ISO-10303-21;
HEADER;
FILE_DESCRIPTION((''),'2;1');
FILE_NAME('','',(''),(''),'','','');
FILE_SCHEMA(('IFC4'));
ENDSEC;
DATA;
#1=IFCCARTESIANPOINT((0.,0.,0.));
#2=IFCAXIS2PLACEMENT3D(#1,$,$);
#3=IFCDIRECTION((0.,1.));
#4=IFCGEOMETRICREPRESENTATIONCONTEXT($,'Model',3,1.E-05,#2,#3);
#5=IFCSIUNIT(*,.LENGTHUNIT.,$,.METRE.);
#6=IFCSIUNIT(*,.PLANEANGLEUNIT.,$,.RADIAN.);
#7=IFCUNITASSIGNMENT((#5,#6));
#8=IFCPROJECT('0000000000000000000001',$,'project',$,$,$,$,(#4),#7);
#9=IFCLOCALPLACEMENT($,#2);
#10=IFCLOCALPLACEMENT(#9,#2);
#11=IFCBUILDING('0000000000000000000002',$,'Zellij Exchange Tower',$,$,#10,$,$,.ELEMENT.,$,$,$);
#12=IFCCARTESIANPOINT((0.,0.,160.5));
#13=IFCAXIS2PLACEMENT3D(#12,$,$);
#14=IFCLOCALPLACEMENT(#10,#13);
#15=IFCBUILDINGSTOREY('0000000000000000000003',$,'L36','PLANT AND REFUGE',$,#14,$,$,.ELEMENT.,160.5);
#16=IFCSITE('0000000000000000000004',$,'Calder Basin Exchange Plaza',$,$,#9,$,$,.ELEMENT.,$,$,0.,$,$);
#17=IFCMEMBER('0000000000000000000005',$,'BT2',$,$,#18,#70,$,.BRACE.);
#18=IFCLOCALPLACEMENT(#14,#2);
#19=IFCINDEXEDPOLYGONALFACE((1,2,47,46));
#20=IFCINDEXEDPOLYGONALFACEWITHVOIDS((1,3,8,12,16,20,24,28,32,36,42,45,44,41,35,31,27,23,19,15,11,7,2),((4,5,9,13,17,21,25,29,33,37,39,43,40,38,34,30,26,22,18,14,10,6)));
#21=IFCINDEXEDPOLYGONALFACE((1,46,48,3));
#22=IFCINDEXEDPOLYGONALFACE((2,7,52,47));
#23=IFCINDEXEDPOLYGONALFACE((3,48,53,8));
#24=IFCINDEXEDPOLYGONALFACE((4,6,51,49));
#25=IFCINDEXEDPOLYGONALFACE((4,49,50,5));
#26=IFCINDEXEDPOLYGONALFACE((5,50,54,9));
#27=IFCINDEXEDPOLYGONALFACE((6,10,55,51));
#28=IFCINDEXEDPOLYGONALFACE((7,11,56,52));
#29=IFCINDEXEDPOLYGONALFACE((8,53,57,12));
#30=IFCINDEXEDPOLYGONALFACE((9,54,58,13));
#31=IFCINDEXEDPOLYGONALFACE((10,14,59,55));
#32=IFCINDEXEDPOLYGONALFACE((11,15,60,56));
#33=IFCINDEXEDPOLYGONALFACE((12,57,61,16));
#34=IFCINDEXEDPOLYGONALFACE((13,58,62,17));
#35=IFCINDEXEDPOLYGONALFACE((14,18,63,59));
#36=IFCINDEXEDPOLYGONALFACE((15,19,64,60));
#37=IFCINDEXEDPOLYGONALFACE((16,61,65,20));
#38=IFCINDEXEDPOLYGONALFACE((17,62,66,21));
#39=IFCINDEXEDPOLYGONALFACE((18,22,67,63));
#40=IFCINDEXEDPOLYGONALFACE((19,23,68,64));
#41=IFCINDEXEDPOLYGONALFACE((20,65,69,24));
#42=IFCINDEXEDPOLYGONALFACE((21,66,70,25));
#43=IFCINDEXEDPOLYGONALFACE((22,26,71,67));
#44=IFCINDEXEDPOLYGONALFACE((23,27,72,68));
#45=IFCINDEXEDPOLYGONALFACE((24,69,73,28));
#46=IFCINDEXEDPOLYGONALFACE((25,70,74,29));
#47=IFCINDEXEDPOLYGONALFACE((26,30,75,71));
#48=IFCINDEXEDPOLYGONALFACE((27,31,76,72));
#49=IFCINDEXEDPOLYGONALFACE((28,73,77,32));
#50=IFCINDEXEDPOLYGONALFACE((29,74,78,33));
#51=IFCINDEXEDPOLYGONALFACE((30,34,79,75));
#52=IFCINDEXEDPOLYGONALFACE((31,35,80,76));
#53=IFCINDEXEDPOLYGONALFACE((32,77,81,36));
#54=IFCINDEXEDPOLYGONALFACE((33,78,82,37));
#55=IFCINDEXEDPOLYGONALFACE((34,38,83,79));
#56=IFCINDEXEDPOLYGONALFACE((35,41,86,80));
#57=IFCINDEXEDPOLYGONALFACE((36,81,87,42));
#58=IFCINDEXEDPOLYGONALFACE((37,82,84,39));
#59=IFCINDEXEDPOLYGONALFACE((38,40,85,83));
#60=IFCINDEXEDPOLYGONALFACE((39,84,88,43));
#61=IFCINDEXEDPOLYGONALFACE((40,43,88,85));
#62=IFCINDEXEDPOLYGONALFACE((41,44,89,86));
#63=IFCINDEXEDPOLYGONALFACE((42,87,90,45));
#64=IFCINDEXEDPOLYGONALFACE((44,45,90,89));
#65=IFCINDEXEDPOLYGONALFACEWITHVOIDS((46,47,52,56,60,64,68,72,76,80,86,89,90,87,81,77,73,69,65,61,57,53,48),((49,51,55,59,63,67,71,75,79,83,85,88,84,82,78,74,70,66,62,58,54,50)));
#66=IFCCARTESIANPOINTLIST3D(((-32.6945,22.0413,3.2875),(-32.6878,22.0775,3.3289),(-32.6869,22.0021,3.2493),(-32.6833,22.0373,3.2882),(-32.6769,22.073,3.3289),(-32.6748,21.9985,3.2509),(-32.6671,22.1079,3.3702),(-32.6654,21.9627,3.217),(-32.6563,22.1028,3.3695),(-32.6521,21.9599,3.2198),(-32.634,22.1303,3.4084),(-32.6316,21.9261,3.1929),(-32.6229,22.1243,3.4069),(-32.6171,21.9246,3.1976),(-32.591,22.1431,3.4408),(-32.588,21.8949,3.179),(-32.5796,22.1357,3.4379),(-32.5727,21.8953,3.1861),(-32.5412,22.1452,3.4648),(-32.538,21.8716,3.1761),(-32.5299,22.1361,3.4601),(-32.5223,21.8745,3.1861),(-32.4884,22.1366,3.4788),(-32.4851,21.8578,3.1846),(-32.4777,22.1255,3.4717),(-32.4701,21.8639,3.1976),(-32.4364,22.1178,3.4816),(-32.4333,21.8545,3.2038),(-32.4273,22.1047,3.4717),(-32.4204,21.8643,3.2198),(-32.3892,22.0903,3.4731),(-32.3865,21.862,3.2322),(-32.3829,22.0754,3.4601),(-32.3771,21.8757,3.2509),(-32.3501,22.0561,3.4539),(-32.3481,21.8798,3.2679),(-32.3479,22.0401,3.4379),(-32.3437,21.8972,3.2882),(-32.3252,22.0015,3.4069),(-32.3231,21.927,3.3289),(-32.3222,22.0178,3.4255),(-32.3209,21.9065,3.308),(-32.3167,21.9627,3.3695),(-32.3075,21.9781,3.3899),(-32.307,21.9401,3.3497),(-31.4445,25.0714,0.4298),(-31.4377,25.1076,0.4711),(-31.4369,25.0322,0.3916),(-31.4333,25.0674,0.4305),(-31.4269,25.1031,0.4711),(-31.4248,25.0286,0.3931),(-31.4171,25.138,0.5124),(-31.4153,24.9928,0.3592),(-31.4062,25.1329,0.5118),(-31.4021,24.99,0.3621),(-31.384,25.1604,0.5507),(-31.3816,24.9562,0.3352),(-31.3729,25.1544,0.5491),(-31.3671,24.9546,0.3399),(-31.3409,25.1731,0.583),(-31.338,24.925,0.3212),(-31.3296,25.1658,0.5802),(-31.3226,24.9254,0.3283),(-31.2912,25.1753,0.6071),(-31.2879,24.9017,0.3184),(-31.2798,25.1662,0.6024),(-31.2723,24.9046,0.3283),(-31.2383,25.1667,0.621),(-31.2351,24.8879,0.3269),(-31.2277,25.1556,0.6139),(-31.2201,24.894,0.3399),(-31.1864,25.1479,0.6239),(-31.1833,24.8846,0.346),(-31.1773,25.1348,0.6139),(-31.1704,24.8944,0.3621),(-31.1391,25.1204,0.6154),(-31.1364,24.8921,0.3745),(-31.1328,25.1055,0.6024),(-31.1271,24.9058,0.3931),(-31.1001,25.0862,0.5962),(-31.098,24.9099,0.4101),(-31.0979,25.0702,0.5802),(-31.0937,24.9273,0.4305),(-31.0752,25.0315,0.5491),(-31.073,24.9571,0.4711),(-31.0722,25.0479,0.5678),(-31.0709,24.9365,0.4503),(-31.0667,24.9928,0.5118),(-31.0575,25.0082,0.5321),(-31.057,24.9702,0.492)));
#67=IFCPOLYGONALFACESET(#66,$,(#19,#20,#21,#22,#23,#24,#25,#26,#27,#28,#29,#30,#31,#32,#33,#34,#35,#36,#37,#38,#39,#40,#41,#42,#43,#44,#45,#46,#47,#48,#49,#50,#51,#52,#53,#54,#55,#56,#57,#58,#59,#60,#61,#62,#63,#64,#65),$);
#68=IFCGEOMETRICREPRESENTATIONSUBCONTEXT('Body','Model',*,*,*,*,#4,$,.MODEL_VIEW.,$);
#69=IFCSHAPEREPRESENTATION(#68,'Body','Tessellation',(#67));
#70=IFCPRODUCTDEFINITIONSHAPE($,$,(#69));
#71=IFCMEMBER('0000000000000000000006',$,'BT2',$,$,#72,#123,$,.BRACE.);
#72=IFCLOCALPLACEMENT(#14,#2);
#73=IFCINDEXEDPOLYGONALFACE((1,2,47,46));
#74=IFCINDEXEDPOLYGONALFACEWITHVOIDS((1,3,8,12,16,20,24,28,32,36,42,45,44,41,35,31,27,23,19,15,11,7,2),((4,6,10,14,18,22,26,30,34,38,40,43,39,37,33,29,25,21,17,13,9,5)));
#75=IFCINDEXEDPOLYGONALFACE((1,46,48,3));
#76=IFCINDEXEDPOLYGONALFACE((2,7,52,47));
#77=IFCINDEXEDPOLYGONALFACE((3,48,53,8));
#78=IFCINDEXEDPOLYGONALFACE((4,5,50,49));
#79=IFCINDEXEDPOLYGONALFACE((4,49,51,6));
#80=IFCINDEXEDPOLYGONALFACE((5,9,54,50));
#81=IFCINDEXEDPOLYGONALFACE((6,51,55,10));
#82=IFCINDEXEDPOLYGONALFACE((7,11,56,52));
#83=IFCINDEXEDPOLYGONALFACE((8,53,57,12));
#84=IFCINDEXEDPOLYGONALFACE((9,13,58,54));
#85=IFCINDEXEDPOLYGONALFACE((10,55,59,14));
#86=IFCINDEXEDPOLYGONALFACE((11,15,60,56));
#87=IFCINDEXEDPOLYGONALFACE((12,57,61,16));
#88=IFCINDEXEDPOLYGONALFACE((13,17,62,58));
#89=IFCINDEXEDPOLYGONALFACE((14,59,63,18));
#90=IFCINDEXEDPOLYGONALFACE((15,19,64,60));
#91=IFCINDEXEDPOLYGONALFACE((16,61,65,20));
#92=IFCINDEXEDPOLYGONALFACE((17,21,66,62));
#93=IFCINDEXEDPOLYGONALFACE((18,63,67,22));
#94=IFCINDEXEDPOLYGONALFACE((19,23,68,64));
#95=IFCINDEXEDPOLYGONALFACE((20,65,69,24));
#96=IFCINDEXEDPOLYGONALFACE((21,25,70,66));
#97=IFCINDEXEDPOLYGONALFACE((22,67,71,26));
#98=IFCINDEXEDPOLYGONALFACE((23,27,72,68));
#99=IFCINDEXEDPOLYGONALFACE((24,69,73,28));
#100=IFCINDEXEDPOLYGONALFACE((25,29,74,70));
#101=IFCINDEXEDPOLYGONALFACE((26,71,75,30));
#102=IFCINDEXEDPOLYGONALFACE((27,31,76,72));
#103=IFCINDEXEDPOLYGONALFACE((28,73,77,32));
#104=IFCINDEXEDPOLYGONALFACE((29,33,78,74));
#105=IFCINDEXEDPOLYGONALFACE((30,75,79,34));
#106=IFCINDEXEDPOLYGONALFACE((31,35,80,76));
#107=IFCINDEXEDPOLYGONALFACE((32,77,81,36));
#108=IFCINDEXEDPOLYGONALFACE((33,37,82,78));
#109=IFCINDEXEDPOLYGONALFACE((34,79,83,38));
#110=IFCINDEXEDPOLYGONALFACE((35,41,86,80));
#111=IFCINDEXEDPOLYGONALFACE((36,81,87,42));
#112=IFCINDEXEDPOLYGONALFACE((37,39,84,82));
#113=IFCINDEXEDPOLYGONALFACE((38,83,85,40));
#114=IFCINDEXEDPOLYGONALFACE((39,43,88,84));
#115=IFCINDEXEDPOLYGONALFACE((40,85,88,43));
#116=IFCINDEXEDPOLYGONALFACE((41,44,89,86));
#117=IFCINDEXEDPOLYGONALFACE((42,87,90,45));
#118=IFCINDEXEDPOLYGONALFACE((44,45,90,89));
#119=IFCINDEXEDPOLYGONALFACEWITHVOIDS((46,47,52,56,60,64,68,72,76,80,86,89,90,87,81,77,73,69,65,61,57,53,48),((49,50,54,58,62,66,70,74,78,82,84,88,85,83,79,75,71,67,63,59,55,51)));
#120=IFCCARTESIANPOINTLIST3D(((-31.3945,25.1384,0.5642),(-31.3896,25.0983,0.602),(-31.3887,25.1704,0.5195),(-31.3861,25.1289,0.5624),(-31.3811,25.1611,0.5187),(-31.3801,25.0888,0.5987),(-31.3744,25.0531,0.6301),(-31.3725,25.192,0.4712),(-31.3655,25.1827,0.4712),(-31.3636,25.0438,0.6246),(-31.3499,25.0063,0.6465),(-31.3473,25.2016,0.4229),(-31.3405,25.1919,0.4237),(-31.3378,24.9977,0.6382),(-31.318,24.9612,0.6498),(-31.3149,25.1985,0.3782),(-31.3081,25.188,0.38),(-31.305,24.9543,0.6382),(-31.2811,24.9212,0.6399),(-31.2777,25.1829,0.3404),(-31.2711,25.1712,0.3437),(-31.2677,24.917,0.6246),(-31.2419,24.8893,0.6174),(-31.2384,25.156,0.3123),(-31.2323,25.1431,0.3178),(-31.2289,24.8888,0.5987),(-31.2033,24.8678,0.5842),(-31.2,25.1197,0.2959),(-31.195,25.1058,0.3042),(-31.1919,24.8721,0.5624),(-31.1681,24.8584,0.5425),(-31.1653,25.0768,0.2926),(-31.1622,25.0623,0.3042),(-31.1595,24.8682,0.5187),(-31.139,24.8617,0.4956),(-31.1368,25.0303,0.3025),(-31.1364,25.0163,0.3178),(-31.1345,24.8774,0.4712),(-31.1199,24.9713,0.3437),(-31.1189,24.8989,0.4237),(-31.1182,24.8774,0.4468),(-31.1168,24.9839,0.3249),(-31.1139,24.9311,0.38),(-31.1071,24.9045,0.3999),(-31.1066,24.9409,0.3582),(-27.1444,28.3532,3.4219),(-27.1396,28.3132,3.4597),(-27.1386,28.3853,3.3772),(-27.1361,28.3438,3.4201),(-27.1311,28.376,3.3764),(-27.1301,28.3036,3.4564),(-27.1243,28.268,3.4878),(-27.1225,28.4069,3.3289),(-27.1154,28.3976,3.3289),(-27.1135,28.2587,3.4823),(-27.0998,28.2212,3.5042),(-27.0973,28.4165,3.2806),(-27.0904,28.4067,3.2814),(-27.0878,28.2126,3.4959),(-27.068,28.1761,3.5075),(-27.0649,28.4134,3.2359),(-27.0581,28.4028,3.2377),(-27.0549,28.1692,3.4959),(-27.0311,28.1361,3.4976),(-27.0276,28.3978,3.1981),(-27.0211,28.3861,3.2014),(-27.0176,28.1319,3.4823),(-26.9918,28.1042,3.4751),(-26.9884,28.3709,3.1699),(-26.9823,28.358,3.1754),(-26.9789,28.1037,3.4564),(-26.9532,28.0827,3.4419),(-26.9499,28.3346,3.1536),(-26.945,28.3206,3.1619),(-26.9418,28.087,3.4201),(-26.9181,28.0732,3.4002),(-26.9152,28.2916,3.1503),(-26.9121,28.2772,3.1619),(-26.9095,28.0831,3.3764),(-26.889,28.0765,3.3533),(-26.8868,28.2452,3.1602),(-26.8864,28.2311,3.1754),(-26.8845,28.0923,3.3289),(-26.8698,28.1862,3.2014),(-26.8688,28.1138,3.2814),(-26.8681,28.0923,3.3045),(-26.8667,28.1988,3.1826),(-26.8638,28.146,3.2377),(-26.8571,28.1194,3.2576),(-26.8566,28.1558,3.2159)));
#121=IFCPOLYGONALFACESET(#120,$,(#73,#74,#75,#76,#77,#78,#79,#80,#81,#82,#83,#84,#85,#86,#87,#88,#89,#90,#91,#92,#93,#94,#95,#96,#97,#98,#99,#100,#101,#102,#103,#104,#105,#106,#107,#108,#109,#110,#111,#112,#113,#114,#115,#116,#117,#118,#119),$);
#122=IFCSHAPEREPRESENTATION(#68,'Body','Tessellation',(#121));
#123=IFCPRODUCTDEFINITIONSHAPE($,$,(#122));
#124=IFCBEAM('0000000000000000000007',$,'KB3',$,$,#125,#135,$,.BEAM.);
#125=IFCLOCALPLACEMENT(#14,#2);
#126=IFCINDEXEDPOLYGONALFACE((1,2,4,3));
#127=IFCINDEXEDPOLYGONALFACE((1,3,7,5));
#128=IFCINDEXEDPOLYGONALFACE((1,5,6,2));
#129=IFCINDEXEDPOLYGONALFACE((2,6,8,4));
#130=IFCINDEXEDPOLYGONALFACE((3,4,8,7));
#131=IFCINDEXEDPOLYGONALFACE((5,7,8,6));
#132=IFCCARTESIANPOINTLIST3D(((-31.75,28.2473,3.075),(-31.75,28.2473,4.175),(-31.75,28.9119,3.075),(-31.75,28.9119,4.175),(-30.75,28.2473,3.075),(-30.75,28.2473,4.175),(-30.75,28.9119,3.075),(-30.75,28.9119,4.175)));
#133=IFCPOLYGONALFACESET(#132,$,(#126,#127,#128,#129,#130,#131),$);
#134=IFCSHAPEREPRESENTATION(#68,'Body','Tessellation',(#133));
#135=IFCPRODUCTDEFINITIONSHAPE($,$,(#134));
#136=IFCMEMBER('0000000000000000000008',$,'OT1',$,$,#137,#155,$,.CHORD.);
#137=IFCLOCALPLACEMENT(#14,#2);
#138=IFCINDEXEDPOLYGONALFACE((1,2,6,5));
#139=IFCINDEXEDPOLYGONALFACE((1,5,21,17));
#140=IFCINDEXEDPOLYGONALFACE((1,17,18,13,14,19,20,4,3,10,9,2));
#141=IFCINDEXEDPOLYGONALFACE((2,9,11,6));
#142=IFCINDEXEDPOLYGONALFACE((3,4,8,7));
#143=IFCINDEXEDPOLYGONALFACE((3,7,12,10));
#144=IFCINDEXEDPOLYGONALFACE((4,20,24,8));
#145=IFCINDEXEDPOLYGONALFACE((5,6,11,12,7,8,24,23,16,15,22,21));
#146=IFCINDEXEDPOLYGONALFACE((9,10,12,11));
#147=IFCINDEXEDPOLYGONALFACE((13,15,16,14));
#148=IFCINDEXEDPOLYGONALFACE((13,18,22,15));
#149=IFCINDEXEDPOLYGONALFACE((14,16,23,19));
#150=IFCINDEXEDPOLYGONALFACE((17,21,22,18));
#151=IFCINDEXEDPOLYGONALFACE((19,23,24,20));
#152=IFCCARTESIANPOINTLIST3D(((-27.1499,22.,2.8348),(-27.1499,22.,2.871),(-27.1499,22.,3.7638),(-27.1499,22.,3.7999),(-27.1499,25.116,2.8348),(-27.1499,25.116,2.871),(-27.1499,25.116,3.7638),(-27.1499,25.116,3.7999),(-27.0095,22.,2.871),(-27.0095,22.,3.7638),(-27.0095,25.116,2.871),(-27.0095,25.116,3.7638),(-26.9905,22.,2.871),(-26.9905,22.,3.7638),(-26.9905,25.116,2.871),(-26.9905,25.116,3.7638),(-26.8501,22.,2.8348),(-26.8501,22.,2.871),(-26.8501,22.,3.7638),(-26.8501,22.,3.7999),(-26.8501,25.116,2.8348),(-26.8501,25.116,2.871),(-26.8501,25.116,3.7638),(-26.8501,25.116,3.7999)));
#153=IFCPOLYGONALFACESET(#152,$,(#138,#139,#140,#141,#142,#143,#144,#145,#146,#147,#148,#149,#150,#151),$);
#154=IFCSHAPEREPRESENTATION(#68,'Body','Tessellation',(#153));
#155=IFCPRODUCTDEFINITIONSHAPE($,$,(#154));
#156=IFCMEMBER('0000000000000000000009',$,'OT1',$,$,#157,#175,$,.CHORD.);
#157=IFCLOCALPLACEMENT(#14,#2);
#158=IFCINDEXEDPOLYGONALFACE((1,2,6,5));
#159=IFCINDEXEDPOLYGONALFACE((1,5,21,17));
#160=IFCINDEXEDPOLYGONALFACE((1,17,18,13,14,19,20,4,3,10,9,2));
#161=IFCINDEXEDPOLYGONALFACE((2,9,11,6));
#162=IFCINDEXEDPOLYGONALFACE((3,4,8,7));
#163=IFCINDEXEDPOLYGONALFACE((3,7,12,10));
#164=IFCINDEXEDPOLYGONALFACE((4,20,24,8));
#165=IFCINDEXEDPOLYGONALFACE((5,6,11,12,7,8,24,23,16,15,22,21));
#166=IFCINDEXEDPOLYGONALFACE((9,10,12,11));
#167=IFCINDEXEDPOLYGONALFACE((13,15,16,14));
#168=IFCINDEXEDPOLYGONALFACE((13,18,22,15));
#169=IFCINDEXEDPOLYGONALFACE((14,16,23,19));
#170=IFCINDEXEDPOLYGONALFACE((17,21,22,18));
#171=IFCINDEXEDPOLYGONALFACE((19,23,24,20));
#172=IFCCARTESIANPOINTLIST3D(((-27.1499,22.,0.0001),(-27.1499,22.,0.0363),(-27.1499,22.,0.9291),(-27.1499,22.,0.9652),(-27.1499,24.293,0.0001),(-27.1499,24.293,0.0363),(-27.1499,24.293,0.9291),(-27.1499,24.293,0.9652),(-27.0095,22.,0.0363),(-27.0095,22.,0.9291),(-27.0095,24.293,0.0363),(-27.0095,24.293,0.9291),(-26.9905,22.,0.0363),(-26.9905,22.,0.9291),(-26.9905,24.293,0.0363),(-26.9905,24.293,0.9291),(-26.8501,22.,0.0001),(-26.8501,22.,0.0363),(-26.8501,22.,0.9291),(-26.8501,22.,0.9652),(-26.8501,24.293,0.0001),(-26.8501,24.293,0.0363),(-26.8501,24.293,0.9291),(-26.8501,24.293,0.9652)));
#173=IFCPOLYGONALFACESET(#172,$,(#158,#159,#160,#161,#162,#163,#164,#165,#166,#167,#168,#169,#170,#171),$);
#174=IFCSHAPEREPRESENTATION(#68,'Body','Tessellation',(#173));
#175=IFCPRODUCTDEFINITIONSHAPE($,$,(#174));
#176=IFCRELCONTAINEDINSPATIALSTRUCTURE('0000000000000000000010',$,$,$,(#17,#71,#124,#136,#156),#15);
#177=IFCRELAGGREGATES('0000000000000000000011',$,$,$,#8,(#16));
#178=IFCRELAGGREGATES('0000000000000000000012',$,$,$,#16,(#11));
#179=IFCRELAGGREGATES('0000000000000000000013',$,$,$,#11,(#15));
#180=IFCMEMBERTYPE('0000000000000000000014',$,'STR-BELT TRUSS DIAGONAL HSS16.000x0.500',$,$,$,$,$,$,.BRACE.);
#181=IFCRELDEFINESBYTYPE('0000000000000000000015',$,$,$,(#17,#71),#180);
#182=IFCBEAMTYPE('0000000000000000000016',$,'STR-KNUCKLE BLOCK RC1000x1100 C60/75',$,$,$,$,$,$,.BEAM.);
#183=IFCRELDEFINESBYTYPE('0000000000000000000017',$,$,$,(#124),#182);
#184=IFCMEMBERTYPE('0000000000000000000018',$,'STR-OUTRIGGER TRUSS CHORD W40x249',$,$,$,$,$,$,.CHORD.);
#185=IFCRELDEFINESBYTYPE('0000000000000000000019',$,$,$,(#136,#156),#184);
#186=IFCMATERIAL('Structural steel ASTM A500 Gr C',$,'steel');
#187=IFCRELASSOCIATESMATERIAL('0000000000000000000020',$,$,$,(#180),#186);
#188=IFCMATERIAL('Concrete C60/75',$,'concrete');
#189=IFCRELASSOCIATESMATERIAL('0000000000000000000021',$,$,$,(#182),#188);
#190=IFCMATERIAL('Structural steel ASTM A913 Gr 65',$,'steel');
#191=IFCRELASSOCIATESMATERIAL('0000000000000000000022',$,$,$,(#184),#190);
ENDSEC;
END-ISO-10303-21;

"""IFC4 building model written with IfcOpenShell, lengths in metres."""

from ifc_helpers import new_model, si_unit, direction, frame, origin, origin_2d, place, context, subcontext, project, spatial, rectangle, hollow_circle, i_section, extrude, material, material_profile, profile_set, type_object, element, save


model = new_model("IFC4")

# Units and contexts
model_context = context("Model", 3, precision=1e-05, world=origin(), true_north=direction((0.0, 1.0)))
body_context = subcontext(model_context, "Body", "Model", "MODEL_VIEW")
ifc_project = project(units=[si_unit("LENGTHUNIT", "METRE"), si_unit("PLANEANGLEUNIT", "RADIAN")], contexts=[model_context])

# Site, building, storey
site_placement = place(None, origin())
site = spatial("IfcSite", under=ifc_project, at=site_placement, Name="Calder Basin Exchange Plaza", CompositionType="ELEMENT", RefElevation=0.0)
building_placement = place(site_placement, origin())
building = spatial("IfcBuilding", under=site, at=building_placement, Name="Zellij Exchange Tower", CompositionType="ELEMENT")
storey_placement = place(building_placement, frame((0.0, 0.0, 160.5)))
storey = spatial("IfcBuildingStorey", under=building, at=storey_placement, Name="L36", Description="PLANT AND REFUGE", CompositionType="ELEMENT", Elevation=160.5)

# Shared definitions
ifc_material_1 = material(Name="Concrete C60/75", Category="concrete")

# Members
ifc_material_2 = material(Name="Structural steel ASTM A500 Gr C", Category="steel")
ifc_material_profile_1 = material_profile(ifc_material_2, hollow_circle(Radius=0.2031, WallThickness=0.0117, at=origin_2d()), Name="STR-BELT TRUSS DIAGONAL HSS16.000x0.500")
ifc_profile_set_1 = profile_set([ifc_material_profile_1], Name="Structural steel ASTM A500 Gr C")
member_type_1 = type_object("IfcMemberType", Name="STR-BELT TRUSS DIAGONAL HSS16.000x0.500", PredefinedType="BRACE", material=ifc_profile_set_1)
member_1_placement = place(storey_placement, frame((-32.5, 22.0, 3.3289), z_axis=(0.287453, 0.696792, -0.657155), x_axis=(-0.924426, 0.38136, 0.0)))
element("IfcMember", 1, at=member_1_placement, inside=storey, type_object=member_type_1, Name="BT2", PredefinedType="BRACE", context=body_context, shape_type="SweptSolid", body=[
    extrude(hollow_circle(Radius=0.2031, WallThickness=0.0117, at=origin_2d()), origin(), (0.0, 0.0, 1.0), 4.3486),
])
member_2_placement = place(storey_placement, frame((-31.25, 25.03, 0.4712), z_axis=(0.702849, 0.531659, 0.47259), x_axis=(-0.603279, 0.79753, 0.0)))
element("IfcMember", 2, at=member_2_placement, inside=storey, type_object=member_type_1, Name="BT2", PredefinedType="BRACE", context=body_context, shape_type="SweptSolid", body=[
    extrude(hollow_circle(Radius=0.2031, WallThickness=0.0117, at=origin_2d()), origin(), (0.0, 0.0, 1.0), 6.0469),
])

# Beam
ifc_material_profile_2 = material_profile(ifc_material_1, rectangle(XDim=1.0, YDim=1.1001, at=origin_2d()), Name="STR-KNUCKLE BLOCK RC1000x1100 C60/75")
ifc_profile_set_2 = profile_set([ifc_material_profile_2], Name="Concrete C60/75")
beam_type = type_object("IfcBeamType", Name="STR-KNUCKLE BLOCK RC1000x1100 C60/75", PredefinedType="BEAM", material=ifc_profile_set_2)
beam_placement = place(storey_placement, frame((-31.25, 28.2473, 3.625), z_axis=(0.0, 1.0, 0.0), x_axis=(-1.0, 0.0, 0.0)))
element("IfcBeam", 3, at=beam_placement, inside=storey, type_object=beam_type, Name="KB3", PredefinedType="BEAM", context=body_context, shape_type="SweptSolid", body=[
    extrude(rectangle(XDim=1.0, YDim=1.1001, at=origin_2d()), origin(), (0.0, 0.0, 1.0), 0.6646),
])

# Members
ifc_material_3 = material(Name="Structural steel ASTM A913 Gr 65", Category="steel")
ifc_material_profile_3 = material_profile(ifc_material_3, i_section(OverallWidth=0.2998, OverallDepth=0.9651, WebThickness=0.019, FlangeThickness=0.0361, at=origin_2d()), Name="W40x249")
ifc_profile_set_3 = profile_set([ifc_material_profile_3], Name="Structural steel ASTM A913 Gr 65")
member_type_2 = type_object("IfcMemberType", Name="STR-OUTRIGGER TRUSS CHORD W40x249", PredefinedType="CHORD", material=ifc_profile_set_3)
member_3_placement = place(storey_placement, frame((-27.0, 22.0, 3.3174), z_axis=(0.0, 1.0, 0.0), x_axis=(-1.0, 0.0, 0.0)))
element("IfcMember", 4, at=member_3_placement, inside=storey, type_object=member_type_2, Name="OT1", PredefinedType="CHORD", context=body_context, shape_type="SweptSolid", body=[
    extrude(i_section(OverallWidth=0.2998, OverallDepth=0.9651, WebThickness=0.019, FlangeThickness=0.0361, at=origin_2d()), origin(), (0.0, 0.0, 1.0), 3.116),
])
member_4_placement = place(storey_placement, frame((-27.0, 22.0, 0.4827), z_axis=(0.0, 1.0, 0.0), x_axis=(-1.0, 0.0, 0.0)))
element("IfcMember", 5, at=member_4_placement, inside=storey, type_object=member_type_2, Name="OT1", PredefinedType="CHORD", context=body_context, shape_type="SweptSolid", body=[
    extrude(i_section(OverallWidth=0.2998, OverallDepth=0.9651, WebThickness=0.019, FlangeThickness=0.0361, at=origin_2d()), origin(), (0.0, 0.0, 1.0), 2.293),
])

save(model, "model.ifc")
